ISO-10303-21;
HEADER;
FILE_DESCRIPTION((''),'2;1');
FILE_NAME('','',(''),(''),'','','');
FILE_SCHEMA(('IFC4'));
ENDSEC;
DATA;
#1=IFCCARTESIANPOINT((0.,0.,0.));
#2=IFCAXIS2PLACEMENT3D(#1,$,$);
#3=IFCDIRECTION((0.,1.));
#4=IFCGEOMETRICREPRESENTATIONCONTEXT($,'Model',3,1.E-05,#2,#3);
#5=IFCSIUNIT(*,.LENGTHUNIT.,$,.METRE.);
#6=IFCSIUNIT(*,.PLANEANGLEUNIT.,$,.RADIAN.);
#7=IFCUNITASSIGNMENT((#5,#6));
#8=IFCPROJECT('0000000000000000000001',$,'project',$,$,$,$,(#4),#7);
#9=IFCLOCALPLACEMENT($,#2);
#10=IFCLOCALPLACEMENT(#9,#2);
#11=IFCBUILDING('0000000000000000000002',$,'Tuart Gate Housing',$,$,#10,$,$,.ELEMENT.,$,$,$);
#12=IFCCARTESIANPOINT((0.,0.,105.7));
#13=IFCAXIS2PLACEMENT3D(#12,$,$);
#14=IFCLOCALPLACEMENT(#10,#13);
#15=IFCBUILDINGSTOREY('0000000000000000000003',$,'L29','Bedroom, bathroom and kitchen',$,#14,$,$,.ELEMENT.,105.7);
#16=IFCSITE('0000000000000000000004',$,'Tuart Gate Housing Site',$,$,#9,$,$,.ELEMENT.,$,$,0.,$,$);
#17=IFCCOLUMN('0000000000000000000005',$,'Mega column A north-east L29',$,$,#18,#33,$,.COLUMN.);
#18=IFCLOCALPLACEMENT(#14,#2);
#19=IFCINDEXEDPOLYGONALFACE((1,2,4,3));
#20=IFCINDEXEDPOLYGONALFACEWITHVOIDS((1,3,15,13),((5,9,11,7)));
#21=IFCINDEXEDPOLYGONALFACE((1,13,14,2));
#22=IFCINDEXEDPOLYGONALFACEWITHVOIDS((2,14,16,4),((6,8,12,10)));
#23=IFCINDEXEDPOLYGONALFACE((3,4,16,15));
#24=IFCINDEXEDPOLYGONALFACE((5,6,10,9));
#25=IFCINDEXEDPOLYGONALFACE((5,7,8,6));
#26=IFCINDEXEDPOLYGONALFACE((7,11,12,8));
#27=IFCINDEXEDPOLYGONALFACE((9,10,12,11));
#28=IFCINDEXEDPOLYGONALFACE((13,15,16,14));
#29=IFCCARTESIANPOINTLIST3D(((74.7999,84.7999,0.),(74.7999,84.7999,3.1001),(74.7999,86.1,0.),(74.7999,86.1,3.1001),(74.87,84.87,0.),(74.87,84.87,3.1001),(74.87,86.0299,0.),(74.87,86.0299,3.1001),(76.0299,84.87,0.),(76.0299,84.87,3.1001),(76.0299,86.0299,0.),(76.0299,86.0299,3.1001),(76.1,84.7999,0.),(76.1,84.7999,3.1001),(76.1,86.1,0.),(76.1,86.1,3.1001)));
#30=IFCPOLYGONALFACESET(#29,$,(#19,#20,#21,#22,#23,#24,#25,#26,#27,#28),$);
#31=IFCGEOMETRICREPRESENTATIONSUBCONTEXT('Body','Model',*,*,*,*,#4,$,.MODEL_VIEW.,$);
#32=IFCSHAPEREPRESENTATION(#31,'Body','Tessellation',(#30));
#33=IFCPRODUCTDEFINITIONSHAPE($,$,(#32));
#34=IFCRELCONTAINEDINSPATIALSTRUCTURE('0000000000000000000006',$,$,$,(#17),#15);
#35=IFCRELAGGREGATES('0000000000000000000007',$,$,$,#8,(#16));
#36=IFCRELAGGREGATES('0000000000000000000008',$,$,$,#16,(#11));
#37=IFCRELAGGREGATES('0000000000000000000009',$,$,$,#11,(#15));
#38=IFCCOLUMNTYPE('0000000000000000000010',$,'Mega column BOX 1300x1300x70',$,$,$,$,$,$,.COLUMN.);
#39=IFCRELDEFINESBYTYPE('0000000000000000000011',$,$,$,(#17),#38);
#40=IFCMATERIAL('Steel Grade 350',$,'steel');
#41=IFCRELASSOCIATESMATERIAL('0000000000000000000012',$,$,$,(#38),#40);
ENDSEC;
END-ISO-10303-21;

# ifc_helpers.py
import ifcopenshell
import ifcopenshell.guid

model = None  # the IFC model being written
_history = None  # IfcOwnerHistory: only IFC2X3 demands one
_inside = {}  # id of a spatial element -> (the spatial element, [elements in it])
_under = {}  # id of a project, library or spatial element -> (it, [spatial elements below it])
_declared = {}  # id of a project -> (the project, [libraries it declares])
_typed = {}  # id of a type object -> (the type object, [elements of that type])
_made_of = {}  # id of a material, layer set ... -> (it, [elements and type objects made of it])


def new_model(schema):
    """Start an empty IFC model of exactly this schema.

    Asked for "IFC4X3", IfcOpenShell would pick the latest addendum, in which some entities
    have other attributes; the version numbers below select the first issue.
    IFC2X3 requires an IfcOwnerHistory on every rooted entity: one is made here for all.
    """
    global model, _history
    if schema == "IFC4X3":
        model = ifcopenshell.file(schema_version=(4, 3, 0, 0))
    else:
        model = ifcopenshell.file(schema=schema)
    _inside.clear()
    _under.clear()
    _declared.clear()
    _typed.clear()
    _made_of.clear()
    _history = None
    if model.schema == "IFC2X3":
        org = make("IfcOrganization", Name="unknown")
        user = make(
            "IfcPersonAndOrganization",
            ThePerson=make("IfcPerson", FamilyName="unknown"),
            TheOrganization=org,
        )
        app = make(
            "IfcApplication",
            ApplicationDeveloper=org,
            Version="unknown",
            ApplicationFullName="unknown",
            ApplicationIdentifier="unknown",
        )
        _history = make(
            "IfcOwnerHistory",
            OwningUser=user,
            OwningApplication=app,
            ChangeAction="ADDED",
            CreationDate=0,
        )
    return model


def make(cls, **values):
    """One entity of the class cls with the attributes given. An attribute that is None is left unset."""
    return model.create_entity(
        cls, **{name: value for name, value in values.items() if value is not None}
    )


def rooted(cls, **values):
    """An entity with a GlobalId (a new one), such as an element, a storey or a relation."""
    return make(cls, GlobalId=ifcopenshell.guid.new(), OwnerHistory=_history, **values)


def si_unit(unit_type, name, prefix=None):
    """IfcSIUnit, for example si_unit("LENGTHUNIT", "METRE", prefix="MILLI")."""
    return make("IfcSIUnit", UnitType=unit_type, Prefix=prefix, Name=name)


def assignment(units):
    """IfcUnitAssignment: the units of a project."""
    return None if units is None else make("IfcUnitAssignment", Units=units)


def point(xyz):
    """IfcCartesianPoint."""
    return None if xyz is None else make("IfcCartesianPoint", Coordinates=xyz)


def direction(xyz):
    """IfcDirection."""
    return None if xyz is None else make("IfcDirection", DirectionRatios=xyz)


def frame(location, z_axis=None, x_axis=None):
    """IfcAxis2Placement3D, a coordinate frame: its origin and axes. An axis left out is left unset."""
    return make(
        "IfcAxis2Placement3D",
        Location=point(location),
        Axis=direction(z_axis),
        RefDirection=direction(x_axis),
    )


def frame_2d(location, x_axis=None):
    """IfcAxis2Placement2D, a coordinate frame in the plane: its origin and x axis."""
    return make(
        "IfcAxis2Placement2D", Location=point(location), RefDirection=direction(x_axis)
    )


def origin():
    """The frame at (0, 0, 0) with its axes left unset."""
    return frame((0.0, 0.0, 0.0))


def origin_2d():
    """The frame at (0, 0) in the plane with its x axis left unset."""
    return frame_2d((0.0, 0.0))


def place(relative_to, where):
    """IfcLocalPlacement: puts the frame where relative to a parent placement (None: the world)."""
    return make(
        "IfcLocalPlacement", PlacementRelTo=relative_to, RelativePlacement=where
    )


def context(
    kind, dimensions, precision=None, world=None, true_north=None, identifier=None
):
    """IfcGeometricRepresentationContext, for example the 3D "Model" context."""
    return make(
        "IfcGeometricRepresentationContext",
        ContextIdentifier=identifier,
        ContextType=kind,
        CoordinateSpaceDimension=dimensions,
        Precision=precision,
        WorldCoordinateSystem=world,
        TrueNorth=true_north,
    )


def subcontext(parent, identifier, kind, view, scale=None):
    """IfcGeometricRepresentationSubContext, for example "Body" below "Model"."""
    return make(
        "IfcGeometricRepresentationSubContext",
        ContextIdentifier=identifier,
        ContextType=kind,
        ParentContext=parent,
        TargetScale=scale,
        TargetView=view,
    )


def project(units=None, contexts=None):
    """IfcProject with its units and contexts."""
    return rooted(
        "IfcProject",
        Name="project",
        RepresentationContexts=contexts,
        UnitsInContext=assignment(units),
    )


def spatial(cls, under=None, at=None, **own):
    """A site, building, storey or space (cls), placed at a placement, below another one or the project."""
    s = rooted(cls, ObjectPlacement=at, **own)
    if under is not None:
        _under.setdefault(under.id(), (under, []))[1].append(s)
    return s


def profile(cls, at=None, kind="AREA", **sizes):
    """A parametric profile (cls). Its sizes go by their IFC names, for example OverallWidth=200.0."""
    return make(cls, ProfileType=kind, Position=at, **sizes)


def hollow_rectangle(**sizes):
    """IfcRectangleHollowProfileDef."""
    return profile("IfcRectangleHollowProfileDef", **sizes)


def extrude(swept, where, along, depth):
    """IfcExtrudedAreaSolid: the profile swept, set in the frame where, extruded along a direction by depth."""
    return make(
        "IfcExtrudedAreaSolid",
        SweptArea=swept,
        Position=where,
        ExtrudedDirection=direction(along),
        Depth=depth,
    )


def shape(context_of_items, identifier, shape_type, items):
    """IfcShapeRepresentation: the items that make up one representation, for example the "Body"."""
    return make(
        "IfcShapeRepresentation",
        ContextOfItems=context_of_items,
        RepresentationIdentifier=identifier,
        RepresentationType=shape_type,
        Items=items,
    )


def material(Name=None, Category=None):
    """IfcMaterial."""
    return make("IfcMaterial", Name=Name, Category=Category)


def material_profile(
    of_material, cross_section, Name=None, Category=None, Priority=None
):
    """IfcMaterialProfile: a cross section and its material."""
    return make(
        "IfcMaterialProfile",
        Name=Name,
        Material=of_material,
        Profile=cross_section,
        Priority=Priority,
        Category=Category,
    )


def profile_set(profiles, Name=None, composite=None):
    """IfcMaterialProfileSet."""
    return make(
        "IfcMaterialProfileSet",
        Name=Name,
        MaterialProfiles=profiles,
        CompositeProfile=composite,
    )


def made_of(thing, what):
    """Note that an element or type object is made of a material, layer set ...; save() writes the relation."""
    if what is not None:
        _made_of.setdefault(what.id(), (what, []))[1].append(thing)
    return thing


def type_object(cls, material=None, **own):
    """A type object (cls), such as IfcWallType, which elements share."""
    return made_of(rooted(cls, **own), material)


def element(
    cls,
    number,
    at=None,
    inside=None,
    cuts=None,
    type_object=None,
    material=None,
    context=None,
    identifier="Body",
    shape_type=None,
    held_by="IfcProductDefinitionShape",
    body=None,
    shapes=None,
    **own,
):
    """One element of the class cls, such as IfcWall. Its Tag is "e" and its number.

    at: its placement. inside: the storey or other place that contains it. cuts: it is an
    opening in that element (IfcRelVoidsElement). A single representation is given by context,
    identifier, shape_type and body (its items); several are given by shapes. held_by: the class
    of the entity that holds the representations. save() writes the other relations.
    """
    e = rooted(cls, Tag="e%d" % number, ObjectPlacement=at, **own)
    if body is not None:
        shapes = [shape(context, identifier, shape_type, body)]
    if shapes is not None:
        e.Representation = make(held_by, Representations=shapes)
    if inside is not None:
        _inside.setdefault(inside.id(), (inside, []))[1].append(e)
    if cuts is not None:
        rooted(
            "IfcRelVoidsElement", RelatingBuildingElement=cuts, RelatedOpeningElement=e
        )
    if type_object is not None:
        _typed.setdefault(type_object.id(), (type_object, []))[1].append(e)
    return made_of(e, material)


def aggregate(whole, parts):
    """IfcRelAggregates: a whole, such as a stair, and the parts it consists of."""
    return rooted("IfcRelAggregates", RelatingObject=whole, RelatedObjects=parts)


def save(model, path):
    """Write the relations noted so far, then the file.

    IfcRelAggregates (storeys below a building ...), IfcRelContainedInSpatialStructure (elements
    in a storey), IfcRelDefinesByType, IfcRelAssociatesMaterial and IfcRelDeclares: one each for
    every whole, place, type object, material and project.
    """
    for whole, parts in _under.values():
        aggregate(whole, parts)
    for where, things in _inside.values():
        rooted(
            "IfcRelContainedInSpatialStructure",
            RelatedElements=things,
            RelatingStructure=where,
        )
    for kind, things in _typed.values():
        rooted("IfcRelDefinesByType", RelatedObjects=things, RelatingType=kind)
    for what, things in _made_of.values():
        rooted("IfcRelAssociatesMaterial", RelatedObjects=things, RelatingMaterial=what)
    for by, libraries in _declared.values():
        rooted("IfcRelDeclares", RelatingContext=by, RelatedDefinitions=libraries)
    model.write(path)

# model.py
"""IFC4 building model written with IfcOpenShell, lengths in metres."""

from ifc_helpers import new_model, si_unit, direction, frame, origin, origin_2d, place, context, subcontext, project, spatial, hollow_rectangle, extrude, material, material_profile, profile_set, type_object, element, save


model = new_model("IFC4")

# Units and contexts
model_context = context("Model", 3, precision=1e-05, world=origin(), true_north=direction((0.0, 1.0)))
body_context = subcontext(model_context, "Body", "Model", "MODEL_VIEW")
ifc_project = project(units=[si_unit("LENGTHUNIT", "METRE"), si_unit("PLANEANGLEUNIT", "RADIAN")], contexts=[model_context])

# Site, building, storey
site_placement = place(None, origin())
site = spatial("IfcSite", under=ifc_project, at=site_placement, Name="Tuart Gate Housing Site", CompositionType="ELEMENT", RefElevation=0.0)
building_placement = place(site_placement, origin())
building = spatial("IfcBuilding", under=site, at=building_placement, Name="Tuart Gate Housing", CompositionType="ELEMENT")
storey_placement = place(building_placement, frame((0.0, 0.0, 105.7)))
storey = spatial("IfcBuildingStorey", under=building, at=storey_placement, Name="L29", Description="Bedroom, bathroom and kitchen", CompositionType="ELEMENT", Elevation=105.7)

# Column
ifc_material_1 = material(Name="Steel Grade 350", Category="steel")
ifc_material_profile = material_profile(ifc_material_1, hollow_rectangle(XDim=1.3, YDim=1.3, WallThickness=0.0701, at=origin_2d()), Name="BOX 1300x1300x70")
ifc_profile_set = profile_set([ifc_material_profile], Name="Steel Grade 350")
column_type = type_object("IfcColumnType", Name="Mega column BOX 1300x1300x70", PredefinedType="COLUMN", material=ifc_profile_set)
column_placement = place(storey_placement, frame((75.45, 85.45, 0.0), z_axis=(0.0, 0.0, 1.0), x_axis=(1.0, 0.0, 0.0)))
element("IfcColumn", 1, at=column_placement, inside=storey, type_object=column_type, Name="Mega column A north-east L29", PredefinedType="COLUMN", context=body_context, shape_type="SweptSolid", body=[
    extrude(hollow_rectangle(XDim=1.3, YDim=1.3, WallThickness=0.0701, at=origin_2d()), origin(), (0.0, 0.0, 1.0), 3.1001),
])

save(model, "model.ifc")
